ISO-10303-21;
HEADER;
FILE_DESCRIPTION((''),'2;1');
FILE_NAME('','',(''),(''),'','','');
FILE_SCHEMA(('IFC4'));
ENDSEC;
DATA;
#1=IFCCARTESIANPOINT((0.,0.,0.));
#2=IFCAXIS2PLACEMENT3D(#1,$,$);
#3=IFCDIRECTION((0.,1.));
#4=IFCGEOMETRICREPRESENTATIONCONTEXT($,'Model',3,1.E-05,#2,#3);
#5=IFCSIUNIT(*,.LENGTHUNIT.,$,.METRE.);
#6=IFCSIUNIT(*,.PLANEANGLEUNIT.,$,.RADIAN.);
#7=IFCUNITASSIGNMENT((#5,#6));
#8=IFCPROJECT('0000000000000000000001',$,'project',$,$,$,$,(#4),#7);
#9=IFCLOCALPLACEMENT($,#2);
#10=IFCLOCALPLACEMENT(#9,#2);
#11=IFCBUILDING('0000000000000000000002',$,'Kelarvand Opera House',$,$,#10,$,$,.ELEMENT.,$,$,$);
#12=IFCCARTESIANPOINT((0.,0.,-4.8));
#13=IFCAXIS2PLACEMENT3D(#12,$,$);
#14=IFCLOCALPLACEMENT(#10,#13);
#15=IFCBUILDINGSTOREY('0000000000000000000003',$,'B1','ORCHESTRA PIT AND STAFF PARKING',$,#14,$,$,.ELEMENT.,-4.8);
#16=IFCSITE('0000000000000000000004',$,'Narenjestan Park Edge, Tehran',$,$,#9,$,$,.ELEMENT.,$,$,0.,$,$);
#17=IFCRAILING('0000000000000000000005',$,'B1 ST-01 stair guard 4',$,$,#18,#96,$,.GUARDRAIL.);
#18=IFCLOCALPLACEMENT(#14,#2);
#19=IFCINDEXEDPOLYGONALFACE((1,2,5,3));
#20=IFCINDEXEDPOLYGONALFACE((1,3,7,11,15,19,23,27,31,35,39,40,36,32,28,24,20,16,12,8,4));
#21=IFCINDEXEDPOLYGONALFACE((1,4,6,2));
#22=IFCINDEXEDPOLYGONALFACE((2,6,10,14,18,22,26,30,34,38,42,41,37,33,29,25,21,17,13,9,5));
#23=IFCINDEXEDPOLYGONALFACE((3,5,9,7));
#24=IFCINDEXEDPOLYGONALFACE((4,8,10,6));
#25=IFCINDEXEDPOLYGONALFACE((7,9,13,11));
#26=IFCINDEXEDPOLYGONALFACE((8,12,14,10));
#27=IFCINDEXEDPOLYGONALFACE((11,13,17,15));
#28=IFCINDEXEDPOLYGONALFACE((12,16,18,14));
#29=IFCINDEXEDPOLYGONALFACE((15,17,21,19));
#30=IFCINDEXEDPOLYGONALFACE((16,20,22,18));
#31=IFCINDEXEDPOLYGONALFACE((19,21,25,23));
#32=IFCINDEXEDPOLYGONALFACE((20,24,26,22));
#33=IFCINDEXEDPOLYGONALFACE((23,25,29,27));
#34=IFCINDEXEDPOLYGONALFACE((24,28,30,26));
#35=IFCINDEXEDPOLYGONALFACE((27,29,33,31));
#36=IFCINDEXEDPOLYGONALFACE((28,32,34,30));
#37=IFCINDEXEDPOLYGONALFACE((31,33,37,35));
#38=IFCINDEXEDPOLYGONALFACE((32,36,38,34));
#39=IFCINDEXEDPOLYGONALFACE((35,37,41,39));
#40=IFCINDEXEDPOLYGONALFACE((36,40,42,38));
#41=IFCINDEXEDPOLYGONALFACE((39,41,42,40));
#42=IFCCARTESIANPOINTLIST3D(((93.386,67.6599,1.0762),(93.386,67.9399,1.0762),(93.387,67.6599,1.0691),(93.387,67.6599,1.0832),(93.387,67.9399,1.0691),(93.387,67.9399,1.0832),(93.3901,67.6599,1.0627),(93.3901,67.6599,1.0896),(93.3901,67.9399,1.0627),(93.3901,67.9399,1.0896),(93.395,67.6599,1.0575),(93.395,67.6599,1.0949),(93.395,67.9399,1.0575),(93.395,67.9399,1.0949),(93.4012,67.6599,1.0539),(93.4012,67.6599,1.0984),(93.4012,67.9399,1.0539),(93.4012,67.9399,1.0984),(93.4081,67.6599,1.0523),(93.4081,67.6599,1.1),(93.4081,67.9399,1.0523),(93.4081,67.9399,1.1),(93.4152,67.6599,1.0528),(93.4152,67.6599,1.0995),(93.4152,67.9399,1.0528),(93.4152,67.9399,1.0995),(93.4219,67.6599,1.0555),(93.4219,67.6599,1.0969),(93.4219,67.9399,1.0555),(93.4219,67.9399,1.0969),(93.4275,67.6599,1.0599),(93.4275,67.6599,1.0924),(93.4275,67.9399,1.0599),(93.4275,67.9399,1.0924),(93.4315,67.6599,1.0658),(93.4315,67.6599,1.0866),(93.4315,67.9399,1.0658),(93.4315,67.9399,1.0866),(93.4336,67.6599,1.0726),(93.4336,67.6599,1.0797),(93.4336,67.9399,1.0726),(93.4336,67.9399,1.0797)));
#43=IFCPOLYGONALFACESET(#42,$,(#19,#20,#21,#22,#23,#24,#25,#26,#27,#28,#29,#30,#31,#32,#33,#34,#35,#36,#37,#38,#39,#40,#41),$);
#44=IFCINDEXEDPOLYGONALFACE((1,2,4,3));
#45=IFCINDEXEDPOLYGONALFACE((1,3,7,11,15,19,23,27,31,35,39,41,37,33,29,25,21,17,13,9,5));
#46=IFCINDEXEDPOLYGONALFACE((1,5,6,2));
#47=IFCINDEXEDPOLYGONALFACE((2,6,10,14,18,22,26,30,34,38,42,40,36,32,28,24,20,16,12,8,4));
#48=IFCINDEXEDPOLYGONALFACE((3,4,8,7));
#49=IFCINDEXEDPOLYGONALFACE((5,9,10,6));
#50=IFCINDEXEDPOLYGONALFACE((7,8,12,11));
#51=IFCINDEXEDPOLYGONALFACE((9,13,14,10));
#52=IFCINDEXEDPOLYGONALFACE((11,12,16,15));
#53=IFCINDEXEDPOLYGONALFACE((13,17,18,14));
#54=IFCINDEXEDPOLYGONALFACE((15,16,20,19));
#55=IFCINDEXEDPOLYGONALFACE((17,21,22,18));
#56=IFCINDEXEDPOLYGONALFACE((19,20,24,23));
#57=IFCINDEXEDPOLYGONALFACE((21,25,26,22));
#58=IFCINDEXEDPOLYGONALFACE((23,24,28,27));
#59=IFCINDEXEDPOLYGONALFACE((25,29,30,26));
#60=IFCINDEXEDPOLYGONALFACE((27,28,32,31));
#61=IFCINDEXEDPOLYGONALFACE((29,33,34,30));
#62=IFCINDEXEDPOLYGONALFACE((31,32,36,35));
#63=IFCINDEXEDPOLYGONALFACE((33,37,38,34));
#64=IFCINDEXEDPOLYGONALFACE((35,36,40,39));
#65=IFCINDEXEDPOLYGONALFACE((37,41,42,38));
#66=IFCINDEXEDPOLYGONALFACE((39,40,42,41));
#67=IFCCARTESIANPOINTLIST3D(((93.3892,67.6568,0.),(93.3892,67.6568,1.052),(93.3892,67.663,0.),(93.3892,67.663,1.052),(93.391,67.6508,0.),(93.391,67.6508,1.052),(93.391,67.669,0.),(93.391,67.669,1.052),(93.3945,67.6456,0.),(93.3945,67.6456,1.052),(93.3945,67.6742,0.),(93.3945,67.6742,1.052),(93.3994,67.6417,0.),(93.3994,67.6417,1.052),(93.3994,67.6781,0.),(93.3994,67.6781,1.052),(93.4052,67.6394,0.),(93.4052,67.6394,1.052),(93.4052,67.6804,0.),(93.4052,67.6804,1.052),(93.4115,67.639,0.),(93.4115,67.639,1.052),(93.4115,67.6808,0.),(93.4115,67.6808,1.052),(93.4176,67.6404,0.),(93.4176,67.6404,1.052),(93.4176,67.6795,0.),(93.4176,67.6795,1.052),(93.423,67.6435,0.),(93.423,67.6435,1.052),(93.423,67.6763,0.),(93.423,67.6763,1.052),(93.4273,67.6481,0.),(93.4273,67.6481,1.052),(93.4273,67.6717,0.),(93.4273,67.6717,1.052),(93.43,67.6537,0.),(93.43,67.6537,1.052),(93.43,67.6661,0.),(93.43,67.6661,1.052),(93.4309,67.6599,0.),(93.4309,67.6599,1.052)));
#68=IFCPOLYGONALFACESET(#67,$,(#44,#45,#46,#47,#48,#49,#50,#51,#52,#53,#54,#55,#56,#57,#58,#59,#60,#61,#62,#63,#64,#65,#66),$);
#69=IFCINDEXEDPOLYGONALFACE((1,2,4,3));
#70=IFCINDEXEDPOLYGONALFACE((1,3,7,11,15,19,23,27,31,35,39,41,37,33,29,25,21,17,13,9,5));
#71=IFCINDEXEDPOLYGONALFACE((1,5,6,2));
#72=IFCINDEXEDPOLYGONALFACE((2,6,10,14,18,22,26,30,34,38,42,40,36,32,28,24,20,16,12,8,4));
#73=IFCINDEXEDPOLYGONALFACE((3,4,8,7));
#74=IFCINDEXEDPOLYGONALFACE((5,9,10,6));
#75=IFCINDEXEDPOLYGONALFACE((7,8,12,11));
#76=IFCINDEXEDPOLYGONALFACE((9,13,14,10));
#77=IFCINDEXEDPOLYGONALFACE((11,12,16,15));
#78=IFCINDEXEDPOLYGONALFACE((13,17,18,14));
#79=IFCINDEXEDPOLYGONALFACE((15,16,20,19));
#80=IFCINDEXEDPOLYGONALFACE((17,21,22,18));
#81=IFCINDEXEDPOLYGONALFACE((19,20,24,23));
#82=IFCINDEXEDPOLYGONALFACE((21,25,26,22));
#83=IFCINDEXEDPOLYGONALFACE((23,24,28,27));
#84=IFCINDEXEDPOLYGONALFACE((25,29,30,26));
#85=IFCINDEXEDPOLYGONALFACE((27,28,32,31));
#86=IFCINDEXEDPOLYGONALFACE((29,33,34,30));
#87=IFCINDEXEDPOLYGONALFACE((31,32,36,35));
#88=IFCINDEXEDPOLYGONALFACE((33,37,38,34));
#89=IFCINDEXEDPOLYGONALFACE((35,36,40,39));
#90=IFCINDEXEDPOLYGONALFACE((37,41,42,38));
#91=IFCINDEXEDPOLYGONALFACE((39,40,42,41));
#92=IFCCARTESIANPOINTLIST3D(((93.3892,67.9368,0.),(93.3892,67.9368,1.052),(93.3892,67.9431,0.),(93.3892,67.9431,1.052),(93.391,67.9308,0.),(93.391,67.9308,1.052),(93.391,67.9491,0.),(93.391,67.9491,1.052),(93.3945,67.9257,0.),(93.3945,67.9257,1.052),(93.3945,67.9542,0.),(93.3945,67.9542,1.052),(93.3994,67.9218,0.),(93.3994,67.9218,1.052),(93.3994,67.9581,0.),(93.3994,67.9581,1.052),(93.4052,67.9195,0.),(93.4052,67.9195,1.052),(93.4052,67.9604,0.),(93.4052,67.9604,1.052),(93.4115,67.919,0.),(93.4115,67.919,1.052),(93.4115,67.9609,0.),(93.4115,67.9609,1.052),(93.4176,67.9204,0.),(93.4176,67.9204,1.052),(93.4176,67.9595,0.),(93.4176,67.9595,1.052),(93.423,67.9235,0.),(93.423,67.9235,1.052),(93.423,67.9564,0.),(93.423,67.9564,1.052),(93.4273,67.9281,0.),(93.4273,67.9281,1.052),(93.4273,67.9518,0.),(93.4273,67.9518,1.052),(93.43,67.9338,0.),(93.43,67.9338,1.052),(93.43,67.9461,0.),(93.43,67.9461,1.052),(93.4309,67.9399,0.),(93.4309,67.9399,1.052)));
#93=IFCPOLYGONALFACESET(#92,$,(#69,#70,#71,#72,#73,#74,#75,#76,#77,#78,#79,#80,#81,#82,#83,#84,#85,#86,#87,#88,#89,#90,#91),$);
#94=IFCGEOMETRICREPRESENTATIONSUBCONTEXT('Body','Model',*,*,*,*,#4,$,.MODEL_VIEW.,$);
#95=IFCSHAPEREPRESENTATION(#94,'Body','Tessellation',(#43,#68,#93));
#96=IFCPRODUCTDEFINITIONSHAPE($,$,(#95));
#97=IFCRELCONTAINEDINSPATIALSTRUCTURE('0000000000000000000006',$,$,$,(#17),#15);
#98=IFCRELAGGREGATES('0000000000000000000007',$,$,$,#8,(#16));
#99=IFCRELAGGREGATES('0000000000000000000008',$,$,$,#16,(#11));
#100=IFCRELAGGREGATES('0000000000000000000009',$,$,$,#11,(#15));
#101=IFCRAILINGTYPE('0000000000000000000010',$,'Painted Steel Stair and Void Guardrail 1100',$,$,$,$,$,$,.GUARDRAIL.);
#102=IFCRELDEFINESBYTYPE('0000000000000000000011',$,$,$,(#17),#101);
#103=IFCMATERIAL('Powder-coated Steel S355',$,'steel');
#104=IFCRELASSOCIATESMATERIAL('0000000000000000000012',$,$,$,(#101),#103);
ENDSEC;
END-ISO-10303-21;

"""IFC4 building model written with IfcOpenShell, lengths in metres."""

from ifc_helpers import new_model, si_unit, direction, frame, origin, origin_2d, place, context, subcontext, project, spatial, circle, extrude, material, type_object, element, save


model = new_model("IFC4")

# Units and contexts
model_context = context("Model", 3, precision=1e-05, world=origin(), true_north=direction((0.0, 1.0)))
body_context = subcontext(model_context, "Body", "Model", "MODEL_VIEW")
ifc_project = project(units=[si_unit("LENGTHUNIT", "METRE"), si_unit("PLANEANGLEUNIT", "RADIAN")], contexts=[model_context])

# Site, building, storey
site_placement = place(None, origin())
site = spatial("IfcSite", under=ifc_project, at=site_placement, Name="Narenjestan Park Edge, Tehran", CompositionType="ELEMENT", RefElevation=0.0)
building_placement = place(site_placement, origin())
building = spatial("IfcBuilding", under=site, at=building_placement, Name="Kelarvand Opera House", CompositionType="ELEMENT")
storey_placement = place(building_placement, frame((0.0, 0.0, -4.8)))
storey = spatial("IfcBuildingStorey", under=building, at=storey_placement, Name="B1", Description="ORCHESTRA PIT AND STAFF PARKING", CompositionType="ELEMENT", Elevation=-4.8)

# Railing
ifc_material_1 = material(Name="Powder-coated Steel S355", Category="steel")
railing_type_1 = type_object("IfcRailingType", Name="Painted Steel Stair and Void Guardrail 1100", PredefinedType="GUARDRAIL", material=ifc_material_1)
railing_1_placement = place(storey_placement, frame((93.4099, 67.6599, 0.0)))
element("IfcRailing", 1, at=railing_1_placement, inside=storey, type_object=railing_type_1, Name="B1 ST-01 stair guard 4", PredefinedType="GUARDRAIL", context=body_context, shape_type="SweptSolid", body=[
    extrude(circle(Radius=0.0239, at=origin_2d()), frame((0.0, 0.0, 1.0762), z_axis=(0.0, 1.0, 0.0), x_axis=(-1.0, 0.0, 0.0)), (0.0, 0.0, 1.0), 0.28),
    extrude(circle(Radius=0.021, at=origin_2d()), origin(), (0.0, 0.0, 1.0), 1.052),
    extrude(circle(Radius=0.021, at=origin_2d()), frame((0.0, 0.28, 0.0)), (0.0, 0.0, 1.0), 1.052),
])

save(model, "model.ifc")
